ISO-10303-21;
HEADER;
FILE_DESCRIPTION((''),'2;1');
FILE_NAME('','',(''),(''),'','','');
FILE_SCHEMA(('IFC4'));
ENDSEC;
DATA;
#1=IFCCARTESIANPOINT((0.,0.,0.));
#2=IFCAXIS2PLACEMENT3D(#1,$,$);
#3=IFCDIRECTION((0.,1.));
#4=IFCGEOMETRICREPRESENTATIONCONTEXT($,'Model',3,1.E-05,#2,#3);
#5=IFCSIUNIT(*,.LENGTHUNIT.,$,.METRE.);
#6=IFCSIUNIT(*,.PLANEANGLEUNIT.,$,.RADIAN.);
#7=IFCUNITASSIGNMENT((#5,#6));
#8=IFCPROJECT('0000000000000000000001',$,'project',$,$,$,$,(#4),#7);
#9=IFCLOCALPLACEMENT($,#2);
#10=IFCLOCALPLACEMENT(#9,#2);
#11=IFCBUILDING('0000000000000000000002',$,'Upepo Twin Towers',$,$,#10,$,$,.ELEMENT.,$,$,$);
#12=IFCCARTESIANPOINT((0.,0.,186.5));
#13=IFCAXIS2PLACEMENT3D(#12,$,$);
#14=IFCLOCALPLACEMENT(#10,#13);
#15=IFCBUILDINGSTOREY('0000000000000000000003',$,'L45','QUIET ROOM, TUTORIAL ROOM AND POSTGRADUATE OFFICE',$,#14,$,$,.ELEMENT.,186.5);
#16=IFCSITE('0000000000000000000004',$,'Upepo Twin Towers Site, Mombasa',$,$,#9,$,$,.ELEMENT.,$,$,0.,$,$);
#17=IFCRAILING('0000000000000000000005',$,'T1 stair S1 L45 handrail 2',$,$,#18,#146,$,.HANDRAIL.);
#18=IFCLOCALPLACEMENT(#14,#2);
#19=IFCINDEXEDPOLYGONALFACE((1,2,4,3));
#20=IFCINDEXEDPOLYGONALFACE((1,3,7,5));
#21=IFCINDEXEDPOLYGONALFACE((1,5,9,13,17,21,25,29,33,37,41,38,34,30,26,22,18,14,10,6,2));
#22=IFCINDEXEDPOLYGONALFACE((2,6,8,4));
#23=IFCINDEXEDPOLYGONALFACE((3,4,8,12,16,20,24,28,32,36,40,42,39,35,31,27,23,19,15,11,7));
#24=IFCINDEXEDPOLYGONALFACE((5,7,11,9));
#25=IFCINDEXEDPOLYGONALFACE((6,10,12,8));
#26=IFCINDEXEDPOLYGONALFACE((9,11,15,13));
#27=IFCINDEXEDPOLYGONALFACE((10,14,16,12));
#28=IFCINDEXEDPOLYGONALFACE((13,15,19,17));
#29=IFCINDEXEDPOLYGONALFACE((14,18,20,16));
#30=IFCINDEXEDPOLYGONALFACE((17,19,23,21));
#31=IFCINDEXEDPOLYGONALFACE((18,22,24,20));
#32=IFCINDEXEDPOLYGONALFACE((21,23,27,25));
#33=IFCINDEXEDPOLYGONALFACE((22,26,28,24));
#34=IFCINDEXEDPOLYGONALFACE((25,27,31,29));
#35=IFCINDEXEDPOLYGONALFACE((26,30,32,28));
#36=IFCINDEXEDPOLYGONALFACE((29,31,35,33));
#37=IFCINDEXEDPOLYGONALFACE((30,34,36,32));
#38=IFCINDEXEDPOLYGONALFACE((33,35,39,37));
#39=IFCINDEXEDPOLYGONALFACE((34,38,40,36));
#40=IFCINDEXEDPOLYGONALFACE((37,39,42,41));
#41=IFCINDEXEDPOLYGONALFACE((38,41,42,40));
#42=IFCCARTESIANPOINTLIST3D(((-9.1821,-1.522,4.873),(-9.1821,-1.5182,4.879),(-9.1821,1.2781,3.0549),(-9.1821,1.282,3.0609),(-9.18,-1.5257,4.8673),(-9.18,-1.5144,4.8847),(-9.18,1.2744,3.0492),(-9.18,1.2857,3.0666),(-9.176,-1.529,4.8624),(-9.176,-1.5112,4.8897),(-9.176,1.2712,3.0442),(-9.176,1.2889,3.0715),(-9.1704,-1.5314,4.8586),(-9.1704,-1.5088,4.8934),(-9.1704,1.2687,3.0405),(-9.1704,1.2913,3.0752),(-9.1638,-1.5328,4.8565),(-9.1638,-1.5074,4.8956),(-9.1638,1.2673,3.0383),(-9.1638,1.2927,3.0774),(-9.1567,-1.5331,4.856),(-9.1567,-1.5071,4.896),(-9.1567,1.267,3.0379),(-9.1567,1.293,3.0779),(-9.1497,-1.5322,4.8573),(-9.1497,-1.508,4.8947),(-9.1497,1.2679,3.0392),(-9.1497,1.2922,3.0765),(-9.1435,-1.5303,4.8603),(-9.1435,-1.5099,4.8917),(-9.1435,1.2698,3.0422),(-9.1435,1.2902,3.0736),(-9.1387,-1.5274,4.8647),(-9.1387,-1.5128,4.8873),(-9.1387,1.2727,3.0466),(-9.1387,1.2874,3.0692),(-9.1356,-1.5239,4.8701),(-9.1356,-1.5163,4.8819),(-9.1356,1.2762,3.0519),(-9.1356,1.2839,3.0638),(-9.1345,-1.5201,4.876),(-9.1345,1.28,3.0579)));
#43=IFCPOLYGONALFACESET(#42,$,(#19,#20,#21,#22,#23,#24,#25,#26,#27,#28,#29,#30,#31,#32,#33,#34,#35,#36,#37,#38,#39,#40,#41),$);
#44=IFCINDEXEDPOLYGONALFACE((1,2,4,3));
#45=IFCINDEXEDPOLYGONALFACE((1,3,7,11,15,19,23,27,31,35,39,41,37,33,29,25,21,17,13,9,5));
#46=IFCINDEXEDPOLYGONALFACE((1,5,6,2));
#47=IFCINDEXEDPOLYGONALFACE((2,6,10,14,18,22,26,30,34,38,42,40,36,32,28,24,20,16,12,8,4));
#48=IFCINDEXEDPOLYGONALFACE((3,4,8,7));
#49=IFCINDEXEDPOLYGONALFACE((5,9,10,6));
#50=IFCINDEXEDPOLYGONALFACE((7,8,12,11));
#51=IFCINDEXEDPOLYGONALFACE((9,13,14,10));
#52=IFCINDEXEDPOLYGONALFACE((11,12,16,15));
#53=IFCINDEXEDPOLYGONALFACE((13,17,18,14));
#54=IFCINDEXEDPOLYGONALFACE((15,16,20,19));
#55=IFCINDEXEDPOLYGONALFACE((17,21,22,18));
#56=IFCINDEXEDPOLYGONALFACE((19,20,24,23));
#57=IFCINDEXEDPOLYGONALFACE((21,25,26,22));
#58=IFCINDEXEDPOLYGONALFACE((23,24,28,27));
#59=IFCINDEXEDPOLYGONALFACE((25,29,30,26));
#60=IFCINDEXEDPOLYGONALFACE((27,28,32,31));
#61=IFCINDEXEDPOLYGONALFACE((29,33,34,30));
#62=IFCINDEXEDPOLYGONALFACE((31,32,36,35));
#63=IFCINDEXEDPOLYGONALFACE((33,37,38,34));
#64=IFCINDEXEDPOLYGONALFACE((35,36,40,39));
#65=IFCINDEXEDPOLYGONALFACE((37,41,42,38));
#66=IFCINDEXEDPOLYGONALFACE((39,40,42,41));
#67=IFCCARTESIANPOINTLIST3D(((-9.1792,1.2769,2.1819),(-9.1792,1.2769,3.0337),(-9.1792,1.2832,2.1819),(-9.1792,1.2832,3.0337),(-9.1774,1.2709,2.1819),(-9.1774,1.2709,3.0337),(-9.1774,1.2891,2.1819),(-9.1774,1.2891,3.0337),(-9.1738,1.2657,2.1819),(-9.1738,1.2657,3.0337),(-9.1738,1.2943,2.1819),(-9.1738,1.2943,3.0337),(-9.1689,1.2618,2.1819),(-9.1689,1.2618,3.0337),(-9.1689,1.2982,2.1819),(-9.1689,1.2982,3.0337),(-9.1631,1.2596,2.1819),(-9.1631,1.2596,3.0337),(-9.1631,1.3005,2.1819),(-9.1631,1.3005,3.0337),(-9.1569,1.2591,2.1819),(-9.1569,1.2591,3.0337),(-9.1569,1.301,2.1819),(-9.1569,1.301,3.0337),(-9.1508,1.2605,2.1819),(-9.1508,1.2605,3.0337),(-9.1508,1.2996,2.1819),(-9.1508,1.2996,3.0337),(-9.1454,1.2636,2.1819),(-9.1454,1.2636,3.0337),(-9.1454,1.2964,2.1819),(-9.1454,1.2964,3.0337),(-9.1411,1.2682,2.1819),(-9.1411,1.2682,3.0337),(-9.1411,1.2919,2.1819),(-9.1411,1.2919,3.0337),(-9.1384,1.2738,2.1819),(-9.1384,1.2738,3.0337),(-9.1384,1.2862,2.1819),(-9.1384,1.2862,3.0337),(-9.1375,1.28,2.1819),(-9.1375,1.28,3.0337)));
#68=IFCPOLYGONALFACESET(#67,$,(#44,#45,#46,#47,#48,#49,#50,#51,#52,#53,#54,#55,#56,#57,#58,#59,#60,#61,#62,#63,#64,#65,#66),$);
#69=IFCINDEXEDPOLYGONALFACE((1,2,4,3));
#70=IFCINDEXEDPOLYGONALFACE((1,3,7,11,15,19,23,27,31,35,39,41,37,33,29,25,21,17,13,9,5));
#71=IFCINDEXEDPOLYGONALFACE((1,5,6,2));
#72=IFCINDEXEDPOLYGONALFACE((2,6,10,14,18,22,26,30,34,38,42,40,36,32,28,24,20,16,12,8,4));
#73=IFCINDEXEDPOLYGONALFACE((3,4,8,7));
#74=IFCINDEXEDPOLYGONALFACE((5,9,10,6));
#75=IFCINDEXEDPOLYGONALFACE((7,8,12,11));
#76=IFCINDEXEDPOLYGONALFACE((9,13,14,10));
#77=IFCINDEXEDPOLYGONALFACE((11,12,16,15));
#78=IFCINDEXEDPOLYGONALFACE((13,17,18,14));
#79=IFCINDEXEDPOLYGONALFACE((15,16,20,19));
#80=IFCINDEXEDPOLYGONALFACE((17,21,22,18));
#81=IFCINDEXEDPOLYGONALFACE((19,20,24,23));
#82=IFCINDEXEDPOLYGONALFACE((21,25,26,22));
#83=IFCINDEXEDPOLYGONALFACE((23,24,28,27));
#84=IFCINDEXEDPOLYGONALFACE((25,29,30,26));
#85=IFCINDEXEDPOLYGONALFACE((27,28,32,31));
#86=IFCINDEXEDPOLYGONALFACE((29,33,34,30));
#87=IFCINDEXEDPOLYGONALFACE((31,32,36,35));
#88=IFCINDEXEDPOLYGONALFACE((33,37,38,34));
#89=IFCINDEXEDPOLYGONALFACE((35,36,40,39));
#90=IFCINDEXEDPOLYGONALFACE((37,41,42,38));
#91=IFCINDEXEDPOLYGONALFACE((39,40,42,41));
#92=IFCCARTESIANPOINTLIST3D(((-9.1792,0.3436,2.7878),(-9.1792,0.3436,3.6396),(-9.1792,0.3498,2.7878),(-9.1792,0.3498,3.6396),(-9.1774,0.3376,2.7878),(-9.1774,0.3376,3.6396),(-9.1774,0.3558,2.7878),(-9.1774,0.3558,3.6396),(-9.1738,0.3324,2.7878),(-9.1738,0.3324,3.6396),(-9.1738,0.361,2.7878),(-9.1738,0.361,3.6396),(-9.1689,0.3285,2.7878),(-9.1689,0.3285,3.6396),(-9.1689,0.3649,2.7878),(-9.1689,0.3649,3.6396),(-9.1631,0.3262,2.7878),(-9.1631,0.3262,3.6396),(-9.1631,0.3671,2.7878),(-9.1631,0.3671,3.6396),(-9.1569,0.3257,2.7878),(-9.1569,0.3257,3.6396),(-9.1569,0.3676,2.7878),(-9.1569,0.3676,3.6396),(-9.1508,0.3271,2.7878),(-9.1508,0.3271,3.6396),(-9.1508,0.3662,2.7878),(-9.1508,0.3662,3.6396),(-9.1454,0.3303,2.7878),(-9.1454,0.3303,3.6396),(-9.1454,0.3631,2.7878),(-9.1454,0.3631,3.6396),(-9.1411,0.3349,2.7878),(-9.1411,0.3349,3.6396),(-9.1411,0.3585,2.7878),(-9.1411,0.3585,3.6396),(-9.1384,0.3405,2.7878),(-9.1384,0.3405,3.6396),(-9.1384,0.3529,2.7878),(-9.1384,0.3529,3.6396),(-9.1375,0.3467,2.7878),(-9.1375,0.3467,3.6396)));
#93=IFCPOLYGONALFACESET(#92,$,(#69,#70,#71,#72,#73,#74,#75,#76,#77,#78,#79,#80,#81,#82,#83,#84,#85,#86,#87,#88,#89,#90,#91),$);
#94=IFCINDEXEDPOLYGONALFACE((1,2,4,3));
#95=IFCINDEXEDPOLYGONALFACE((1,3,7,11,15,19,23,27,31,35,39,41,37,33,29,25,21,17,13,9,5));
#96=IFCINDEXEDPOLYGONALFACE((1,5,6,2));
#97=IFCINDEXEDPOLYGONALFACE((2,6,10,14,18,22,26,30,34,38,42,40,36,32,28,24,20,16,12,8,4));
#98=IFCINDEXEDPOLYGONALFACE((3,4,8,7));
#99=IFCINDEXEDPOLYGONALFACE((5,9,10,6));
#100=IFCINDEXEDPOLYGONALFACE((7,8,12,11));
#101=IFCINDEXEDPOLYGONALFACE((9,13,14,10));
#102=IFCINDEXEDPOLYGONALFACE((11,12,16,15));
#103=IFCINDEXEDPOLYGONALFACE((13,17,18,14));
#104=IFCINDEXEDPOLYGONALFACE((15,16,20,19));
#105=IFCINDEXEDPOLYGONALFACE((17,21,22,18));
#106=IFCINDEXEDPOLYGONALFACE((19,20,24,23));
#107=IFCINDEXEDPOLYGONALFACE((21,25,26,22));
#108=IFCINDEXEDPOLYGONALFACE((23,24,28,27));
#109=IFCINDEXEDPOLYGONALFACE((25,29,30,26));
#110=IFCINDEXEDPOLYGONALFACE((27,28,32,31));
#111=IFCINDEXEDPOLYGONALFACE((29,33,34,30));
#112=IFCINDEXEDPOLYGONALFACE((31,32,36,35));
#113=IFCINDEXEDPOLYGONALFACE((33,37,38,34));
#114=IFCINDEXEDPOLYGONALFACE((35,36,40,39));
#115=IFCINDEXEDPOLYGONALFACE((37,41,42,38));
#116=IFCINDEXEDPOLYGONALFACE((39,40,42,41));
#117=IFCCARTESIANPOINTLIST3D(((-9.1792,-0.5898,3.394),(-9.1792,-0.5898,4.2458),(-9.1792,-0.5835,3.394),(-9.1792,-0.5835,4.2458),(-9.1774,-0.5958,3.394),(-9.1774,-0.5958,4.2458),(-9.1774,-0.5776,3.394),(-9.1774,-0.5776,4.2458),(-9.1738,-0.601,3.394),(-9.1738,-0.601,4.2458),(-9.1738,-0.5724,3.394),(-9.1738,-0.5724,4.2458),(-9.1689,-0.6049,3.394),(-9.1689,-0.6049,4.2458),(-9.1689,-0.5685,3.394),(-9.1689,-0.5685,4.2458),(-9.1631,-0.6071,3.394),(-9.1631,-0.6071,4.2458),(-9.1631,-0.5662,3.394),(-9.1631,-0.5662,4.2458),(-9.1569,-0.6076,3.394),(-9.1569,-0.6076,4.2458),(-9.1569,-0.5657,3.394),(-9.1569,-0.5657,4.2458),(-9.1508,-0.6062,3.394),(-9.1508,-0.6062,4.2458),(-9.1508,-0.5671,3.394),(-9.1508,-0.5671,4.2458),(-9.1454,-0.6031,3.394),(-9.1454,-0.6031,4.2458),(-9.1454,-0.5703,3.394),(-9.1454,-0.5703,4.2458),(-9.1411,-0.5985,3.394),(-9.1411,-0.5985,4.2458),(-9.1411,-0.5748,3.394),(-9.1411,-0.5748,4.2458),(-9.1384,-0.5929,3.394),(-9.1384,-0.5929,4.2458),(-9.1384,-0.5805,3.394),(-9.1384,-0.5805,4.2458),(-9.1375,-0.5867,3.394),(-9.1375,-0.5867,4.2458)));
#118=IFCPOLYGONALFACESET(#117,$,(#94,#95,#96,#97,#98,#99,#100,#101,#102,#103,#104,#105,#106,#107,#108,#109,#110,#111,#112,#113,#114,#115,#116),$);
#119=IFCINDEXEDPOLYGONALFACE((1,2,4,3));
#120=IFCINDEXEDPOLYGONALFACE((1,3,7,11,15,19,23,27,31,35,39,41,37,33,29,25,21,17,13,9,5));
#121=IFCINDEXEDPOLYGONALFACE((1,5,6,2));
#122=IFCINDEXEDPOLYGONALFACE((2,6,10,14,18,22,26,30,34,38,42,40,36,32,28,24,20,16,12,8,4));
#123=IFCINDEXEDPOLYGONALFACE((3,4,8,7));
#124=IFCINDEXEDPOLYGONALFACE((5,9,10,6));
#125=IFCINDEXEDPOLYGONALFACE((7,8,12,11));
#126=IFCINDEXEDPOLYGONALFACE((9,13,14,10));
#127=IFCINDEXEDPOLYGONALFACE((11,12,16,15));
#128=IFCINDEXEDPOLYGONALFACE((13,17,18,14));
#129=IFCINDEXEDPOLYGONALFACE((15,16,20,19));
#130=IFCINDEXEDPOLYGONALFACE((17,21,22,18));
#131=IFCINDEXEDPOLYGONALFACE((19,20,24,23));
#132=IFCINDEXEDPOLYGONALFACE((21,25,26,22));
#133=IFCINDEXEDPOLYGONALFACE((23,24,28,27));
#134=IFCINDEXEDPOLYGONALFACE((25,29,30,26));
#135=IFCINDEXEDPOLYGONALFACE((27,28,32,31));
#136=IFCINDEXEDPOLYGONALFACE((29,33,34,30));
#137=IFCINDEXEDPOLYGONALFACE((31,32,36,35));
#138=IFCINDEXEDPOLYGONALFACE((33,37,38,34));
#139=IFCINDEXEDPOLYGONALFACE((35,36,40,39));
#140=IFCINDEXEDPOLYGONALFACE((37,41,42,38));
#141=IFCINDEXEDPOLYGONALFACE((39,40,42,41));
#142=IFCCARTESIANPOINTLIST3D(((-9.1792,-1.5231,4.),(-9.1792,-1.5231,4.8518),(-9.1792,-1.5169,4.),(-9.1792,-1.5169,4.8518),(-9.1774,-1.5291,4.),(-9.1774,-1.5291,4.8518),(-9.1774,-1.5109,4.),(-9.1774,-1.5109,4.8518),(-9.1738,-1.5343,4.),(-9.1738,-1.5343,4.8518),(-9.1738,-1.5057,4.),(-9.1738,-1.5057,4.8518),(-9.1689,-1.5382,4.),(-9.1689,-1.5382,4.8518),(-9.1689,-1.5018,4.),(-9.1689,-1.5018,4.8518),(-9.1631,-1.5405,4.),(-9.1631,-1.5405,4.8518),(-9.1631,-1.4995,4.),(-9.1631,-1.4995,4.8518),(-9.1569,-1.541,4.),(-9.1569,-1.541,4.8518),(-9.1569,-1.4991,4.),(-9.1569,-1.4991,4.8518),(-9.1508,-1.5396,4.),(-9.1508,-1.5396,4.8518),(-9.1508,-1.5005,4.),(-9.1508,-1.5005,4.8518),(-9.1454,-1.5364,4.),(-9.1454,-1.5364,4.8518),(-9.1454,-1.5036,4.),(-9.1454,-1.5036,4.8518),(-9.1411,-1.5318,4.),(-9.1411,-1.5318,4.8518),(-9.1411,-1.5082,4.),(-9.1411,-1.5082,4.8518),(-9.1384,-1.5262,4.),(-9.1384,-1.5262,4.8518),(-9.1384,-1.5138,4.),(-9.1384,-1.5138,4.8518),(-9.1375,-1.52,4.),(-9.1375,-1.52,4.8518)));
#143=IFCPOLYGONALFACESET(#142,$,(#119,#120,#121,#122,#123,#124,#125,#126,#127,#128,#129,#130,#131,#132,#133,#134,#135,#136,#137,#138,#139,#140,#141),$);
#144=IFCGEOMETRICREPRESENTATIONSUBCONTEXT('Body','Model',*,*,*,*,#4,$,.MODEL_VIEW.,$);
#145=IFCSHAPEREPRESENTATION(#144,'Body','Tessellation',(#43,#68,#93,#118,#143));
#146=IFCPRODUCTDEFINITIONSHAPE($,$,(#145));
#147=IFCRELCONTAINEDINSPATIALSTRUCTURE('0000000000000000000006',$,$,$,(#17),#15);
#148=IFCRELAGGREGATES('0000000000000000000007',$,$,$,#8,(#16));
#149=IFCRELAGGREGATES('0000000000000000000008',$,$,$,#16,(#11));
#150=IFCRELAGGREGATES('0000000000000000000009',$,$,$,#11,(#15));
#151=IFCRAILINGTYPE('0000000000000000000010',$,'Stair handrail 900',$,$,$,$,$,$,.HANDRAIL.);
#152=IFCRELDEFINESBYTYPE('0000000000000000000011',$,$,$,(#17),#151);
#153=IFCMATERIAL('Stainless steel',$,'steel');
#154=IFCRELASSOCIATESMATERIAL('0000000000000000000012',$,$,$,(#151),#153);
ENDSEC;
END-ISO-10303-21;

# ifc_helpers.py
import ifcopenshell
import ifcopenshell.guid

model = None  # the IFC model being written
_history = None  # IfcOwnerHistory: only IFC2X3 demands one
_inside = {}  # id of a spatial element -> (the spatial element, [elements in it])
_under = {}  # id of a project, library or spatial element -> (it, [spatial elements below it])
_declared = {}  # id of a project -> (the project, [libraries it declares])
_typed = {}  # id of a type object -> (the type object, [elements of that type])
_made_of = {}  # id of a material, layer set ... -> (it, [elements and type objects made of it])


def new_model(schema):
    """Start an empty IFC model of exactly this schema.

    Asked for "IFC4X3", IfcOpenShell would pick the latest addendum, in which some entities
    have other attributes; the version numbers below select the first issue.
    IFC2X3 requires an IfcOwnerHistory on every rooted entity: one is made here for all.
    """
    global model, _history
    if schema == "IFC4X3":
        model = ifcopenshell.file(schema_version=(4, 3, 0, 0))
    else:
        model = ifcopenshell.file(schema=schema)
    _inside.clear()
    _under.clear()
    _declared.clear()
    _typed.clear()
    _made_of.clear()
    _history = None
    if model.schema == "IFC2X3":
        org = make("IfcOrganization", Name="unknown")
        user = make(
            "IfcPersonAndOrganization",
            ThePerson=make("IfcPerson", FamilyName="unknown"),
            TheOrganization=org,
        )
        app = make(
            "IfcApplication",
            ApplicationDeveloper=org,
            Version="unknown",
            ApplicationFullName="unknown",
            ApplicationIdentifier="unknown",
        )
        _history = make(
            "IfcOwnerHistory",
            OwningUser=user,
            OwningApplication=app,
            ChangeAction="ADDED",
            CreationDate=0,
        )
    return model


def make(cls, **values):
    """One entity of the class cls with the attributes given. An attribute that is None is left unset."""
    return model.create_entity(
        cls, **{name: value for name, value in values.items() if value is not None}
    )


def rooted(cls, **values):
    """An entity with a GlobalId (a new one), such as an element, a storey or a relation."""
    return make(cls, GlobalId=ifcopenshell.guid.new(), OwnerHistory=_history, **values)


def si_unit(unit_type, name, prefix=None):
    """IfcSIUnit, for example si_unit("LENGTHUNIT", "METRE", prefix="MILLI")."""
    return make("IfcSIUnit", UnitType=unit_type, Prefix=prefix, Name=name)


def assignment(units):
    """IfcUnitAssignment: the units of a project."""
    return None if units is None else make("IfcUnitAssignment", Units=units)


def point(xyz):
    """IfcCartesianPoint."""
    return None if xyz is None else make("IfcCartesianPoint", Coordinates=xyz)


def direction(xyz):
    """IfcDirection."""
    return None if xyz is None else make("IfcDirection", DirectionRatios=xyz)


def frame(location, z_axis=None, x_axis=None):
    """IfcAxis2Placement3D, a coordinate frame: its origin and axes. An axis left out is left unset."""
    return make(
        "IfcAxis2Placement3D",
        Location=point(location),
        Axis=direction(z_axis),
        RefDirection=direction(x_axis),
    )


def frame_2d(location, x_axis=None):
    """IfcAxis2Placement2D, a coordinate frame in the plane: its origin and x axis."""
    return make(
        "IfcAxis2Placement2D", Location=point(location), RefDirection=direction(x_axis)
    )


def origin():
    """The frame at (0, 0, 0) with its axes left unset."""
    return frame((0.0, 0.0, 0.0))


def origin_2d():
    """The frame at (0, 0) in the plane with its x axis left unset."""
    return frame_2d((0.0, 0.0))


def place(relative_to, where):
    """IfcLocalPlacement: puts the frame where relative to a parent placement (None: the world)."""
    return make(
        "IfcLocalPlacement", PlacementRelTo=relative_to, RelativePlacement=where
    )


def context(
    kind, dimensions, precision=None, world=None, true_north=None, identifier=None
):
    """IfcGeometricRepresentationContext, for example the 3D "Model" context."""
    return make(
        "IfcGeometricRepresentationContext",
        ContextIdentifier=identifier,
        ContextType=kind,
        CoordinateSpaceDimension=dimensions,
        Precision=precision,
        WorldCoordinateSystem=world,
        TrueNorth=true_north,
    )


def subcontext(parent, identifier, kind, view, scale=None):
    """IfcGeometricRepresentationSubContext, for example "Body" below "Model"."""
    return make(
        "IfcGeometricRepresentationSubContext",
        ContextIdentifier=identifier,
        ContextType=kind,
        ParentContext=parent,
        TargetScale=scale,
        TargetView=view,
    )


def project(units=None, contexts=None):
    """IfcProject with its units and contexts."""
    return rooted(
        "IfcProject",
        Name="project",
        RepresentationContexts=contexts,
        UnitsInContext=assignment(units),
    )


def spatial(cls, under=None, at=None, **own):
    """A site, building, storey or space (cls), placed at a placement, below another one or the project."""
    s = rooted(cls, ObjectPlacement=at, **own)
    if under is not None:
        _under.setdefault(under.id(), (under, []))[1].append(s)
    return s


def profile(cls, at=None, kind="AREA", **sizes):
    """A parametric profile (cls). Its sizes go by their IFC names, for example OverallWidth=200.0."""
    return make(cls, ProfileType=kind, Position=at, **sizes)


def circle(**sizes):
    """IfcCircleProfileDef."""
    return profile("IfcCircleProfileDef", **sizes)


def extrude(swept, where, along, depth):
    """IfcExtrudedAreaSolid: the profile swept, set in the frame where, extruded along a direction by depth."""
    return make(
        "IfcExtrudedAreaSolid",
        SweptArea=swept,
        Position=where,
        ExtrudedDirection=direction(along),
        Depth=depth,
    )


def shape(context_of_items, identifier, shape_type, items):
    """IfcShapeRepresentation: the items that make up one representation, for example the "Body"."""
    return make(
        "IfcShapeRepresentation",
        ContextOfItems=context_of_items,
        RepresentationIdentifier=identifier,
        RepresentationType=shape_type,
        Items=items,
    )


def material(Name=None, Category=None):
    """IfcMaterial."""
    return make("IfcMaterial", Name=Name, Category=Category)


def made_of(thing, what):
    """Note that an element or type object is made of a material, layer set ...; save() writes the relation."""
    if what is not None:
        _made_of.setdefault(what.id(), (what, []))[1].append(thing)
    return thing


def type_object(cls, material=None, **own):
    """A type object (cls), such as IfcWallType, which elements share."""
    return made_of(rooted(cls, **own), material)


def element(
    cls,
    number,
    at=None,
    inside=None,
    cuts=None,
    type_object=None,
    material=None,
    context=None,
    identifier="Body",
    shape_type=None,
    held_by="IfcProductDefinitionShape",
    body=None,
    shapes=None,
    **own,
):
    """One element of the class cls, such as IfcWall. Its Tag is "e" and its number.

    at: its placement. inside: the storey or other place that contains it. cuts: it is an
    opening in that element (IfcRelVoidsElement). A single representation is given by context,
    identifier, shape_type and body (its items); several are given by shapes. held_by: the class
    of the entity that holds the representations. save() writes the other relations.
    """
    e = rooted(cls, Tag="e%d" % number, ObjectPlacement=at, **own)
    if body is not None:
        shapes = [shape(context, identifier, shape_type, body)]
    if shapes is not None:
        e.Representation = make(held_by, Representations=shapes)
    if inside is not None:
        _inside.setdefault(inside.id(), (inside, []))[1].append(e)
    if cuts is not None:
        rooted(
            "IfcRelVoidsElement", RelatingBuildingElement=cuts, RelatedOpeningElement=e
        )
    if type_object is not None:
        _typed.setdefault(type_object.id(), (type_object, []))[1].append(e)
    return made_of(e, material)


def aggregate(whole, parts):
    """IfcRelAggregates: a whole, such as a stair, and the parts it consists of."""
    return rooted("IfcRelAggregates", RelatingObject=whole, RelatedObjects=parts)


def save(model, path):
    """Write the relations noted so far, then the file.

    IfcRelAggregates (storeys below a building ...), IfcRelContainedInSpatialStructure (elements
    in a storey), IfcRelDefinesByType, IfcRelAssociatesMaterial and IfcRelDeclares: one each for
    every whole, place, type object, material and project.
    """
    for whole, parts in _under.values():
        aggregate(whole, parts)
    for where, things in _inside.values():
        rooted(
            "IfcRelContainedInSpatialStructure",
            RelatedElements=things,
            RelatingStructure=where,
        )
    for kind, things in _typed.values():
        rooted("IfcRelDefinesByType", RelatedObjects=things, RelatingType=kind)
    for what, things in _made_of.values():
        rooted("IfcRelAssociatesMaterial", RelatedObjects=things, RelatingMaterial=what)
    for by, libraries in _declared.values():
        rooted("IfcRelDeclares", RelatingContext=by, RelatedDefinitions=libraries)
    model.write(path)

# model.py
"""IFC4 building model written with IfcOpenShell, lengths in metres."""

from ifc_helpers import new_model, si_unit, direction, frame, origin, origin_2d, place, context, subcontext, project, spatial, circle, extrude, material, type_object, element, save


model = new_model("IFC4")

# Units and contexts
model_context = context("Model", 3, precision=1e-05, world=origin(), true_north=direction((0.0, 1.0)))
body_context = subcontext(model_context, "Body", "Model", "MODEL_VIEW")
ifc_project = project(units=[si_unit("LENGTHUNIT", "METRE"), si_unit("PLANEANGLEUNIT", "RADIAN")], contexts=[model_context])

# Site, building, storey
site_placement = place(None, origin())
site = spatial("IfcSite", under=ifc_project, at=site_placement, Name="Upepo Twin Towers Site, Mombasa", CompositionType="ELEMENT", RefElevation=0.0)
building_placement = place(site_placement, origin())
building = spatial("IfcBuilding", under=site, at=building_placement, Name="Upepo Twin Towers", CompositionType="ELEMENT")
storey_placement = place(building_placement, frame((0.0, 0.0, 186.5)))
storey = spatial("IfcBuildingStorey", under=building, at=storey_placement, Name="L45", Description="QUIET ROOM, TUTORIAL ROOM AND POSTGRADUATE OFFICE", CompositionType="ELEMENT", Elevation=186.5)

# Railing
ifc_material_1 = material(Name="Stainless steel", Category="steel")
railing_type = type_object("IfcRailingType", Name="Stair handrail 900", PredefinedType="HANDRAIL", material=ifc_material_1)
railing_1_placement = place(storey_placement, frame((-9.1584, 1.28, 2.1819)))
element("IfcRailing", 1, at=railing_1_placement, inside=storey, type_object=railing_type, Name="T1 stair S1 L45 handrail 2", PredefinedType="HANDRAIL", context=body_context, shape_type="SweptSolid", body=[
    extrude(circle(Radius=0.0239, at=origin_2d()), frame((0.0, 0.0, 0.876), z_axis=(0.0, -0.838706, 0.544585), x_axis=(1.0, 0.0, 0.0)), (0.0, 0.0, 1.0), 3.3386),
    extrude(circle(Radius=0.021, at=origin_2d()), origin(), (0.0, 0.0, 1.0), 0.8518),
    extrude(circle(Radius=0.021, at=origin_2d()), frame((0.0, -0.9333, 0.606)), (0.0, 0.0, 1.0), 0.8518),
    extrude(circle(Radius=0.021, at=origin_2d()), frame((0.0, -1.8667, 1.2122)), (0.0, 0.0, 1.0), 0.8518),
    extrude(circle(Radius=0.021, at=origin_2d()), frame((0.0, -2.8, 1.8181)), (0.0, 0.0, 1.0), 0.8518),
])

save(model, "model.ifc")
